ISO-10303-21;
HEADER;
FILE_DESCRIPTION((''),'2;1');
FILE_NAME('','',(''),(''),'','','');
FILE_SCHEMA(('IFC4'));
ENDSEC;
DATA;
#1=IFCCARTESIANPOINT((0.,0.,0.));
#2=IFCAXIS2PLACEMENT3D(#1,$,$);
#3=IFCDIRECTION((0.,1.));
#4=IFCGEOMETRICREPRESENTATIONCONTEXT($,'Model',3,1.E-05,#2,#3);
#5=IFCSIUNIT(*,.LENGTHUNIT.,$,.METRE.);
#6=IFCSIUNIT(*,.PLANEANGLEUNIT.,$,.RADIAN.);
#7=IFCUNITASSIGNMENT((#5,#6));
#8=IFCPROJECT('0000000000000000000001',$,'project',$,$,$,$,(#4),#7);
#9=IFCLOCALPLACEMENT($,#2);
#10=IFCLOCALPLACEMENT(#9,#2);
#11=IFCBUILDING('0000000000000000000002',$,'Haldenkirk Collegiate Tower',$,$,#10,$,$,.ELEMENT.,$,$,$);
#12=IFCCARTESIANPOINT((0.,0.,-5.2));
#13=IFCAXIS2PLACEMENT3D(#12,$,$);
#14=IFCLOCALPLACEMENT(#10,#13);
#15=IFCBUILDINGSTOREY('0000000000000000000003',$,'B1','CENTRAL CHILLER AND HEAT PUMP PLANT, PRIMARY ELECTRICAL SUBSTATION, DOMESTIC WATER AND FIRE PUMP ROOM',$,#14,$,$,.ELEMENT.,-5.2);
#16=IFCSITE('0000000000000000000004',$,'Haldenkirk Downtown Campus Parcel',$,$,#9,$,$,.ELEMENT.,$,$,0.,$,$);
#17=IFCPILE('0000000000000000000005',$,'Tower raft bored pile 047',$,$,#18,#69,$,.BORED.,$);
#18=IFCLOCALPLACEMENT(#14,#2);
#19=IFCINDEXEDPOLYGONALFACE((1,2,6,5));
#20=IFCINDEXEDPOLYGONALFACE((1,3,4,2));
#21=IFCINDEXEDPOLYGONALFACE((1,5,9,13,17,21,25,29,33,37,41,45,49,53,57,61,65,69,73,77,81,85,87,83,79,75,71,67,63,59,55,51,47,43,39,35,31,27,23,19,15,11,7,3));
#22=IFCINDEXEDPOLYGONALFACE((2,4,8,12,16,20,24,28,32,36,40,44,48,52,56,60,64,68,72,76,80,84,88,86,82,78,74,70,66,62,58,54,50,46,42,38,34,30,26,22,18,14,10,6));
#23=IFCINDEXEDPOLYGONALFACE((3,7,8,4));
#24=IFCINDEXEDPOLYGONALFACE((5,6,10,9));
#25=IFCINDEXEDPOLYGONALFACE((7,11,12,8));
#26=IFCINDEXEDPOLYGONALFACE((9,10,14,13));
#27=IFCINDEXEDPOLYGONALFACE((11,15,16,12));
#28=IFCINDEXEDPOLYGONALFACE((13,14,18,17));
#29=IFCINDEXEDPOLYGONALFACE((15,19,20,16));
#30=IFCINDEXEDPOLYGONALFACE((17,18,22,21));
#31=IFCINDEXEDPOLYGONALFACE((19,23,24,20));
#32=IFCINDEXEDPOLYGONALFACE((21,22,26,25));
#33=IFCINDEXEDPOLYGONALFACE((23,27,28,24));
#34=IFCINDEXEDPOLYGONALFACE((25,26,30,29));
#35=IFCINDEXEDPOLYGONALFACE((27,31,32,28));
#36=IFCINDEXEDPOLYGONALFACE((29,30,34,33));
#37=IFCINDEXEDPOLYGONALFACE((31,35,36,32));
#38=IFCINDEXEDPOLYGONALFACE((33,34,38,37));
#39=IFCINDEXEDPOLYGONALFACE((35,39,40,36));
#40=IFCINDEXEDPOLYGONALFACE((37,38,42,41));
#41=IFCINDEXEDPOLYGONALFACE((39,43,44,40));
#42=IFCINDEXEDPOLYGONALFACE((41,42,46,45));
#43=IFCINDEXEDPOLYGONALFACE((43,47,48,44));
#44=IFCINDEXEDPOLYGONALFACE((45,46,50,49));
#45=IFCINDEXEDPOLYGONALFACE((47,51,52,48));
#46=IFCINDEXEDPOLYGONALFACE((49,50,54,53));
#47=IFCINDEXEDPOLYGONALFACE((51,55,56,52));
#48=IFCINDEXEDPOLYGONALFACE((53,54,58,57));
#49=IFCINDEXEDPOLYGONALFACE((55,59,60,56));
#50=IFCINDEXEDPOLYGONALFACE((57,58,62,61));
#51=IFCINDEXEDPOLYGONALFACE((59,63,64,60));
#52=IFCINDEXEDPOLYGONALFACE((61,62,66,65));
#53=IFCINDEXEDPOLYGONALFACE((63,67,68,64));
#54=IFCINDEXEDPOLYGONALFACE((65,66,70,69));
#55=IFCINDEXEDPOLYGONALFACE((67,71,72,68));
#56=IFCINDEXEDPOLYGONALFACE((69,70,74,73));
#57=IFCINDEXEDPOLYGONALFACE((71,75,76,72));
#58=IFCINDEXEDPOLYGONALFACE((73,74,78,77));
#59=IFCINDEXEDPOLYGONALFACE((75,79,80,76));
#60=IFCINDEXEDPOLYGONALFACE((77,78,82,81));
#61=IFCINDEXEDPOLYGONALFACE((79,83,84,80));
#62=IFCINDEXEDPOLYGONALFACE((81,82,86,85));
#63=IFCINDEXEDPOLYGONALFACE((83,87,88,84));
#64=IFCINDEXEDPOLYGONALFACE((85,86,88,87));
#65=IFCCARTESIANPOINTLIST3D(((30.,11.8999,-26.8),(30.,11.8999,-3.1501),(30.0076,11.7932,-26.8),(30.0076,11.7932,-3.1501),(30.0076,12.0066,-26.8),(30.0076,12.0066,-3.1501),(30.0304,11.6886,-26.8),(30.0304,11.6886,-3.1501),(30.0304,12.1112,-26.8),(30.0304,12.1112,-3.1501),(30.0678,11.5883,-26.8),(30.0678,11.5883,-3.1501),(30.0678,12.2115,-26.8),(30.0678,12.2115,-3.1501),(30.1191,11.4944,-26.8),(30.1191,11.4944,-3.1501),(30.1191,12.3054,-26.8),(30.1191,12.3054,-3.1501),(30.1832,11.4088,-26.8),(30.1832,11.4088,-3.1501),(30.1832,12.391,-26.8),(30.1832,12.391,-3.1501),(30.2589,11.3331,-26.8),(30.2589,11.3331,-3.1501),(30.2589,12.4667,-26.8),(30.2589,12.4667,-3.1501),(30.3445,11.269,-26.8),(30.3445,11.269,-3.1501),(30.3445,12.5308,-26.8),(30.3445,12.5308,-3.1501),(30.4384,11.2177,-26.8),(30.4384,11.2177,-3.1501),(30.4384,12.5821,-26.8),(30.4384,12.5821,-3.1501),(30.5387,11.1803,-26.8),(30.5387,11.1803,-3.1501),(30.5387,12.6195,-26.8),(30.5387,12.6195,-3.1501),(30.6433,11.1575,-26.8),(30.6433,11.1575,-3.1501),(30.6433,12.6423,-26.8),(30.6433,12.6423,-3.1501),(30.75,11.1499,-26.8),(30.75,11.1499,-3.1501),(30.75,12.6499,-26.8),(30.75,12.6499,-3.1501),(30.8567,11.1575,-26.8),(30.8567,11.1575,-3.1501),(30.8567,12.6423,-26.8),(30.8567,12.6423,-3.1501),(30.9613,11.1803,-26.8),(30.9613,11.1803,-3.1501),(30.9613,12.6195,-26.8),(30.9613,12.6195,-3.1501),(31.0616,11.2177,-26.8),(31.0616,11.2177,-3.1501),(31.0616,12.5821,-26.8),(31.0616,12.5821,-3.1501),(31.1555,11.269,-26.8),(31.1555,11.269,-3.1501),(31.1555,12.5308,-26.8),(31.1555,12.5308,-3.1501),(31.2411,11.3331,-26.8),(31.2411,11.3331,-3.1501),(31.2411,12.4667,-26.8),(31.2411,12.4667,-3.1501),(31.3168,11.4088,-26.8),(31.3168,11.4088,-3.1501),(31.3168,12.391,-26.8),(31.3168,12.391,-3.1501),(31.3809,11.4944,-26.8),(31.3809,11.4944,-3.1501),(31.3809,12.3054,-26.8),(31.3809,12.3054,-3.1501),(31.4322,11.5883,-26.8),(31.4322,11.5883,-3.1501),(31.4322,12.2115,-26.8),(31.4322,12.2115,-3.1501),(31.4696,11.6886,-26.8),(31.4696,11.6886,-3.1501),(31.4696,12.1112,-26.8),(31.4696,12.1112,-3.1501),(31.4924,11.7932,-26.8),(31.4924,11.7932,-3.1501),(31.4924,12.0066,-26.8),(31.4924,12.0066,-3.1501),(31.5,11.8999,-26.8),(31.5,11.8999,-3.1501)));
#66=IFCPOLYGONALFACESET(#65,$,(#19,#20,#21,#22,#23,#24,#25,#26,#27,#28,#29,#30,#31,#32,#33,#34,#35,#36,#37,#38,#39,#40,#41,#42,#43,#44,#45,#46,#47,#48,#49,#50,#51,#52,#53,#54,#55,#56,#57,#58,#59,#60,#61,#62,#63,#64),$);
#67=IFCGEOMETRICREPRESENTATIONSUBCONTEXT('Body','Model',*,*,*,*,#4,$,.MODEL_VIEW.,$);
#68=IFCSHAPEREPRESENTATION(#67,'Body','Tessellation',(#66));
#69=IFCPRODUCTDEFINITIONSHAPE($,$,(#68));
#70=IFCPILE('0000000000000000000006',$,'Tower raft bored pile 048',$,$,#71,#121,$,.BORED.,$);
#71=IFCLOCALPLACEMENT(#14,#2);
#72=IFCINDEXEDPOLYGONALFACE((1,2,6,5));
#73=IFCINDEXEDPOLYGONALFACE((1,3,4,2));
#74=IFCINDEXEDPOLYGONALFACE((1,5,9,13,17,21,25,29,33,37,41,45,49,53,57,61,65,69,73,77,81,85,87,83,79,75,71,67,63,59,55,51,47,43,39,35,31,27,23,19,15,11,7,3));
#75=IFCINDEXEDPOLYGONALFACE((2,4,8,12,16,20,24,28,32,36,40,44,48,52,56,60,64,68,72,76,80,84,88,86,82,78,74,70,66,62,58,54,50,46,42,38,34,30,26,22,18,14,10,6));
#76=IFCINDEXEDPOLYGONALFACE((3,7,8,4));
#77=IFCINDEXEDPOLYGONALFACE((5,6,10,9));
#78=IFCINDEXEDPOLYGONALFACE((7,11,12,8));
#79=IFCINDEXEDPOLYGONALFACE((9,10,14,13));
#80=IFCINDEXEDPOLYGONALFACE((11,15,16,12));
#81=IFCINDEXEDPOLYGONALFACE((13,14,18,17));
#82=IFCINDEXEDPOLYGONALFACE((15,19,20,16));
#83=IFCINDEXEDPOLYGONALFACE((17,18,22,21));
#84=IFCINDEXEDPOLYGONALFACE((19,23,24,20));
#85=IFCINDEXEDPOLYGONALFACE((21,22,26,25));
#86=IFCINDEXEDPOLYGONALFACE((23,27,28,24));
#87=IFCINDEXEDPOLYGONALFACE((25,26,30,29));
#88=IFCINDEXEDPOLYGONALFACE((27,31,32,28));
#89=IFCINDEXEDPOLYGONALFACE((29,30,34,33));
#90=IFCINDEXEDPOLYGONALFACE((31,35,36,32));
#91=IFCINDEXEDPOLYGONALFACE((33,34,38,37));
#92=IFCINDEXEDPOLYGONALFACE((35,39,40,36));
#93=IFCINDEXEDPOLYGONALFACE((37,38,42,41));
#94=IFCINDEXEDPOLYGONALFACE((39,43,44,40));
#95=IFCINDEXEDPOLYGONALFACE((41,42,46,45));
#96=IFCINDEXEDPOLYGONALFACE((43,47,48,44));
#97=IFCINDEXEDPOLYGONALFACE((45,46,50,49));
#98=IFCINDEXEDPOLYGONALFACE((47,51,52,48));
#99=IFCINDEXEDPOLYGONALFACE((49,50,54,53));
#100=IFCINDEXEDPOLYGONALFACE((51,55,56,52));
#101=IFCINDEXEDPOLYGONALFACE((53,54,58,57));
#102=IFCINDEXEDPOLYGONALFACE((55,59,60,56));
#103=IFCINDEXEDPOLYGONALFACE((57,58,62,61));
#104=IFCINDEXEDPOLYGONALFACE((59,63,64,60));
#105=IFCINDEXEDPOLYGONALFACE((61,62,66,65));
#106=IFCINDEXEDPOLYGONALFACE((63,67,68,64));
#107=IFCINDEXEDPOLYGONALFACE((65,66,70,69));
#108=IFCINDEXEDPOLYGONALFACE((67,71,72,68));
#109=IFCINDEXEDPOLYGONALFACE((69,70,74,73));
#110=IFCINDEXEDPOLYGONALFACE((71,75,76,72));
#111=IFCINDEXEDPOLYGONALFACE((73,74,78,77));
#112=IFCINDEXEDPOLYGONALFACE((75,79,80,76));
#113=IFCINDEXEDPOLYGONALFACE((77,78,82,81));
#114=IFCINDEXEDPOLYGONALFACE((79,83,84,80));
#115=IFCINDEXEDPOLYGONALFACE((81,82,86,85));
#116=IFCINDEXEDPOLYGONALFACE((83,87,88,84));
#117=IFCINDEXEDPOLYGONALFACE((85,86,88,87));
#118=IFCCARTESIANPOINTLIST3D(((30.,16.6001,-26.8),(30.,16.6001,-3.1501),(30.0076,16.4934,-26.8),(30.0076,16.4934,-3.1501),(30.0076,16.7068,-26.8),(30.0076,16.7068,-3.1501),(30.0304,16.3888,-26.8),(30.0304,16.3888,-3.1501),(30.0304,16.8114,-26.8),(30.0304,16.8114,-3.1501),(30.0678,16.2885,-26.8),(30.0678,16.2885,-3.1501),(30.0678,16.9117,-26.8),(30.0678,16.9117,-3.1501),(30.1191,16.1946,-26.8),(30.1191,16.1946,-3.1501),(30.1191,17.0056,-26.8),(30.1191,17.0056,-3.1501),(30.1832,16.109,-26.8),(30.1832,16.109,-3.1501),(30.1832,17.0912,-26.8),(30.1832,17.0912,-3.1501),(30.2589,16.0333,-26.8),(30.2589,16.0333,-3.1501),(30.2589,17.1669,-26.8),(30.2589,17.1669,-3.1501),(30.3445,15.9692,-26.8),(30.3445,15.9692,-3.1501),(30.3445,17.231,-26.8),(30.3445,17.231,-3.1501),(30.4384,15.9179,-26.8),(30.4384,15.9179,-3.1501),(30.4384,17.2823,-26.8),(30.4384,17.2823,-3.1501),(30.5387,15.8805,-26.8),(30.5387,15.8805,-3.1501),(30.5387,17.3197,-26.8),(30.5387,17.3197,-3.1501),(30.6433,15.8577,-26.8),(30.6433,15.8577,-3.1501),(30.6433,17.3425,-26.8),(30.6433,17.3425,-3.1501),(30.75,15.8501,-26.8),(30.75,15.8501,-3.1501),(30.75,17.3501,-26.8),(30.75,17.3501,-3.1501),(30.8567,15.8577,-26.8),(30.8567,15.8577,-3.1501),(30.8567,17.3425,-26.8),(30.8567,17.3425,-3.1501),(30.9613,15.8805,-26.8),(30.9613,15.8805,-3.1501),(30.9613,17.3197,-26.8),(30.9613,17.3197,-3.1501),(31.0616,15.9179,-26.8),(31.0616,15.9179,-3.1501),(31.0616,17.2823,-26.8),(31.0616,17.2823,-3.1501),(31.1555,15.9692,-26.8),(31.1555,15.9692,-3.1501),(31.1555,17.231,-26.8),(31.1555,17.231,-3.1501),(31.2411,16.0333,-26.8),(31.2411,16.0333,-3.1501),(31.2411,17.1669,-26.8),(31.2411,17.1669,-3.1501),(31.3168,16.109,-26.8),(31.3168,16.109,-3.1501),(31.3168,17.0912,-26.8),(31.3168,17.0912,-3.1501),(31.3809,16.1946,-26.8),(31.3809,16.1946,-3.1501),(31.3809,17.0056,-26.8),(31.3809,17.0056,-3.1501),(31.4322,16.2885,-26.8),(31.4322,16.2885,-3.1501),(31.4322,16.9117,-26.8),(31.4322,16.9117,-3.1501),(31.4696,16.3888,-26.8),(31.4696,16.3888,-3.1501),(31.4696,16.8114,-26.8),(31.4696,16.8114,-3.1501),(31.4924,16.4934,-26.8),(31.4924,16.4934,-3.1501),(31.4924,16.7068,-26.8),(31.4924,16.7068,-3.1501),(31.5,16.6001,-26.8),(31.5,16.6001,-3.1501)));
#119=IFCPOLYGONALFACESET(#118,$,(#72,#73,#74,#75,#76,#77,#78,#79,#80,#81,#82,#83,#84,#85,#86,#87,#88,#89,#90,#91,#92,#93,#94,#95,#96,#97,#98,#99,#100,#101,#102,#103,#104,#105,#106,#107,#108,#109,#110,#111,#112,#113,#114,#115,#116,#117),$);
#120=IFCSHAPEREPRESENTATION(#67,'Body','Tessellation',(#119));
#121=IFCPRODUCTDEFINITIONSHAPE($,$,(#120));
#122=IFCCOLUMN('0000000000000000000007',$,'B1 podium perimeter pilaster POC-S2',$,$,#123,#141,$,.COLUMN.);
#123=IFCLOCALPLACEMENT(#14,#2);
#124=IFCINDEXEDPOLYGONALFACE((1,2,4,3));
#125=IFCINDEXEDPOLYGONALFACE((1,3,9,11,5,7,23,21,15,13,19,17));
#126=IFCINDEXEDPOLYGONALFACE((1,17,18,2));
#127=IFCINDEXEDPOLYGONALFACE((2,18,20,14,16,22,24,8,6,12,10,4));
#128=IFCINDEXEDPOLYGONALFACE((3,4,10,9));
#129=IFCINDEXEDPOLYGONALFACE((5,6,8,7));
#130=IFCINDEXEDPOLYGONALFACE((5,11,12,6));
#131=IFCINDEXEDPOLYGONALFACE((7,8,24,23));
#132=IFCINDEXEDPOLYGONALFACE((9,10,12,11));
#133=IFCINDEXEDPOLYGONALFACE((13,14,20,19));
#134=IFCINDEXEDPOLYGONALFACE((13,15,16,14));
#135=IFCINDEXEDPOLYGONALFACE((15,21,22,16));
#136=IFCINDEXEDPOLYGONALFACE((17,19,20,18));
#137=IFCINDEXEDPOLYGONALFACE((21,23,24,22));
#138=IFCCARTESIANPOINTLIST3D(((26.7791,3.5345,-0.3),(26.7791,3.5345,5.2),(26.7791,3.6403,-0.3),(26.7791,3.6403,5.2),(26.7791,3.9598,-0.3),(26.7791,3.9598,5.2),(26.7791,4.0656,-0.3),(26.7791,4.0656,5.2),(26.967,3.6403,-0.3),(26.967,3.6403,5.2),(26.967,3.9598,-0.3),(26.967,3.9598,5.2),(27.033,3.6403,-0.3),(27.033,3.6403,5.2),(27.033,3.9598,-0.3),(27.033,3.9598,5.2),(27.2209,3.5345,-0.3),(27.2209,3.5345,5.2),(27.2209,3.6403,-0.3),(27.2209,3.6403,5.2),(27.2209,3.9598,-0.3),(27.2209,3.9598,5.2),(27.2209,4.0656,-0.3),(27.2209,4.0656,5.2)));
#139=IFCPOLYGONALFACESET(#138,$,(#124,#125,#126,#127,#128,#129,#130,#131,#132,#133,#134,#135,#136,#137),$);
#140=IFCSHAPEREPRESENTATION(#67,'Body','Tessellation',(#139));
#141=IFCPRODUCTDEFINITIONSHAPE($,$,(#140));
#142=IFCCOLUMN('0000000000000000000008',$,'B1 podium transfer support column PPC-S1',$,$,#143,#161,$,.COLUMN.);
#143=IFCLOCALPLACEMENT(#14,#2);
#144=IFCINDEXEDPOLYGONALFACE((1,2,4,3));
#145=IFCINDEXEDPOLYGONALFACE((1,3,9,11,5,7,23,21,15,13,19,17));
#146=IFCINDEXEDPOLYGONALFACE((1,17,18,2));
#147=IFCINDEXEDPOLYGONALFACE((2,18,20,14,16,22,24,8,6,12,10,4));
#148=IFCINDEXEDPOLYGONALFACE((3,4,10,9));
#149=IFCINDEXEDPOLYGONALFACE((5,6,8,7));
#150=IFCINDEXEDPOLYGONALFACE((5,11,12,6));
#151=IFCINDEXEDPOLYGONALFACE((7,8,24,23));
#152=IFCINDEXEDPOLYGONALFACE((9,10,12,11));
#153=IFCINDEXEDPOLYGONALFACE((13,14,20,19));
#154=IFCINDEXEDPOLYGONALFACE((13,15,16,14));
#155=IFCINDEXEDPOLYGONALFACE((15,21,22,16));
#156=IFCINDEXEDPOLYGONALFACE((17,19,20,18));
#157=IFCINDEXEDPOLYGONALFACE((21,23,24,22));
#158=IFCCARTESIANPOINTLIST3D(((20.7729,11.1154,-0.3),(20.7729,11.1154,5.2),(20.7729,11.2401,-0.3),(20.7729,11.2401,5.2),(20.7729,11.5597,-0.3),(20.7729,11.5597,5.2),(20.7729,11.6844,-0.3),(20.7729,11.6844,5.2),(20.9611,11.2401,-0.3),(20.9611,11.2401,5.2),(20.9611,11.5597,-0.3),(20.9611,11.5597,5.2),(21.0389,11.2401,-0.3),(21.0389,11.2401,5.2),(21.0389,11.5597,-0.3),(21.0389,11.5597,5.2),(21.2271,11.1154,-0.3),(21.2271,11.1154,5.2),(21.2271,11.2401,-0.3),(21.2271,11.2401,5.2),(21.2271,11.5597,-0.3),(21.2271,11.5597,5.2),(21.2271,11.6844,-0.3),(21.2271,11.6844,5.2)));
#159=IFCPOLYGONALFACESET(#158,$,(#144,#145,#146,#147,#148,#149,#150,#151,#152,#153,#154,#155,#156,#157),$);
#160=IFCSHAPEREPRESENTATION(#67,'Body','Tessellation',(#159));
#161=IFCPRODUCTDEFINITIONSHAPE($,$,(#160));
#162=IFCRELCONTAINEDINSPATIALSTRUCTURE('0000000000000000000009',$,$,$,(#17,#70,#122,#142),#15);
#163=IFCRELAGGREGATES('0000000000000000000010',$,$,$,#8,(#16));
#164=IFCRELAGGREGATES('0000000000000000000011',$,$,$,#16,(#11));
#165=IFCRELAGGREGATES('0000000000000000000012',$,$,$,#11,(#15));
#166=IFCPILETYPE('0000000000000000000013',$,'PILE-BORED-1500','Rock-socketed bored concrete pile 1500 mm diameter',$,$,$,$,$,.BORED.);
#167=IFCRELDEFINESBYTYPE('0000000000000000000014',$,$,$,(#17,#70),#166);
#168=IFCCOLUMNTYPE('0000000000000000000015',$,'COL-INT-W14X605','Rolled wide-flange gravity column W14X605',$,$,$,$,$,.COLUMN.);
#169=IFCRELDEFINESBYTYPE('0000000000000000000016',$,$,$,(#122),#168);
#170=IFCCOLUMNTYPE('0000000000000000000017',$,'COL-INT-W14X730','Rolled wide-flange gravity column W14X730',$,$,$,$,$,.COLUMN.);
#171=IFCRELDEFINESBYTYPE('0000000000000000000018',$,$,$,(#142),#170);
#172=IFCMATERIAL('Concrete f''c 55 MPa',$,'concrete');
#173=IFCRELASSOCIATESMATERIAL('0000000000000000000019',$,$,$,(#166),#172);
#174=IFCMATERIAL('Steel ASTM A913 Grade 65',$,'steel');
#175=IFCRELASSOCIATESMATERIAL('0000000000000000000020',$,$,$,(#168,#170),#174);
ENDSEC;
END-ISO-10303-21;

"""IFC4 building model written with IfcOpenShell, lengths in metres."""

from ifc_helpers import new_model, si_unit, direction, frame, origin, origin_2d, place, context, subcontext, project, spatial, circle, i_section, extrude, material, material_profile, profile_set, type_object, element, save


model = new_model("IFC4")

# Units and contexts
model_context = context("Model", 3, precision=1e-05, world=origin(), true_north=direction((0.0, 1.0)))
body_context = subcontext(model_context, "Body", "Model", "MODEL_VIEW")
ifc_project = project(units=[si_unit("LENGTHUNIT", "METRE"), si_unit("PLANEANGLEUNIT", "RADIAN")], contexts=[model_context])

# Site, building, storey
site_placement = place(None, origin())
site = spatial("IfcSite", under=ifc_project, at=site_placement, Name="Haldenkirk Downtown Campus Parcel", CompositionType="ELEMENT", RefElevation=0.0)
building_placement = place(site_placement, origin())
building = spatial("IfcBuilding", under=site, at=building_placement, Name="Haldenkirk Collegiate Tower", CompositionType="ELEMENT")
storey_placement = place(building_placement, frame((0.0, 0.0, -5.2)))
storey = spatial("IfcBuildingStorey", under=building, at=storey_placement, Name="B1", Description="CENTRAL CHILLER AND HEAT PUMP PLANT, PRIMARY ELECTRICAL SUBSTATION, DOMESTIC WATER AND FIRE PUMP ROOM", CompositionType="ELEMENT", Elevation=-5.2)

# Piles
ifc_material_1 = material(Name="Concrete f'c 55 MPa", Category="concrete")
ifc_material_profile_1 = material_profile(ifc_material_1, circle(Radius=0.75, at=origin_2d()), Name="PILE1500")
ifc_profile_set_1 = profile_set([ifc_material_profile_1], Name="Concrete f'c 55 MPa")
pile_type = type_object("IfcPileType", Name="PILE-BORED-1500", Description="Rock-socketed bored concrete pile 1500 mm diameter", PredefinedType="BORED", material=ifc_profile_set_1)
for number, where, z_axis, x_axis, name in (
    (1, (30.75, 11.8999, -3.1501), (0.0, 0.0, -1.0), (1.0, 0.0, 0.0), "Tower raft bored pile 047"),
    (2, (30.75, 16.6001, -3.1501), (0.0, 0.0, -1.0), (1.0, 0.0, 0.0), "Tower raft bored pile 048"),
):
    element("IfcPile", number, at=place(storey_placement, frame(where, z_axis=z_axis, x_axis=x_axis)), inside=storey, type_object=pile_type, Name=name, PredefinedType="BORED", context=body_context, shape_type="SweptSolid", body=[
        extrude(circle(Radius=0.75, at=origin_2d()), origin(), (0.0, 0.0, 1.0), 23.6499),
    ])

# Columns
ifc_material_2 = material(Name="Steel ASTM A913 Grade 65", Category="steel")
ifc_material_profile_2 = material_profile(ifc_material_2, i_section(OverallWidth=0.4419, OverallDepth=0.531, WebThickness=0.0659, FlangeThickness=0.1057, at=origin_2d()), Name="W14X605")
ifc_profile_set_2 = profile_set([ifc_material_profile_2], Name="Steel ASTM A913 Grade 65")
column_type_1 = type_object("IfcColumnType", Name="COL-INT-W14X605", Description="Rolled wide-flange gravity column W14X605", PredefinedType="COLUMN", material=ifc_profile_set_2)
column_1_placement = place(storey_placement, frame((27.0, 3.8, -0.3), z_axis=(0.0, 0.0, 1.0), x_axis=(1.0, 0.0, 0.0)))
element("IfcColumn", 3, at=column_1_placement, inside=storey, type_object=column_type_1, Name="B1 podium perimeter pilaster POC-S2", PredefinedType="COLUMN", context=body_context, shape_type="SweptSolid", body=[
    extrude(i_section(OverallWidth=0.4419, OverallDepth=0.531, WebThickness=0.0659, FlangeThickness=0.1057, at=origin_2d()), origin(), (0.0, 0.0, 1.0), 5.5),
])
ifc_material_profile_3 = material_profile(ifc_material_2, i_section(OverallWidth=0.4541, OverallDepth=0.5691, WebThickness=0.0779, FlangeThickness=0.1248, at=origin_2d()), Name="W14X730")
ifc_profile_set_3 = profile_set([ifc_material_profile_3], Name="Steel ASTM A913 Grade 65")
column_type_2 = type_object("IfcColumnType", Name="COL-INT-W14X730", Description="Rolled wide-flange gravity column W14X730", PredefinedType="COLUMN", material=ifc_profile_set_3)
column_2_placement = place(storey_placement, frame((21.0, 11.3999, -0.3), z_axis=(0.0, 0.0, 1.0), x_axis=(1.0, 0.0, 0.0)))
element("IfcColumn", 4, at=column_2_placement, inside=storey, type_object=column_type_2, Name="B1 podium transfer support column PPC-S1", PredefinedType="COLUMN", context=body_context, shape_type="SweptSolid", body=[
    extrude(i_section(OverallWidth=0.4541, OverallDepth=0.5691, WebThickness=0.0779, FlangeThickness=0.1248, at=origin_2d()), origin(), (0.0, 0.0, 1.0), 5.5),
])

save(model, "model.ifc")
